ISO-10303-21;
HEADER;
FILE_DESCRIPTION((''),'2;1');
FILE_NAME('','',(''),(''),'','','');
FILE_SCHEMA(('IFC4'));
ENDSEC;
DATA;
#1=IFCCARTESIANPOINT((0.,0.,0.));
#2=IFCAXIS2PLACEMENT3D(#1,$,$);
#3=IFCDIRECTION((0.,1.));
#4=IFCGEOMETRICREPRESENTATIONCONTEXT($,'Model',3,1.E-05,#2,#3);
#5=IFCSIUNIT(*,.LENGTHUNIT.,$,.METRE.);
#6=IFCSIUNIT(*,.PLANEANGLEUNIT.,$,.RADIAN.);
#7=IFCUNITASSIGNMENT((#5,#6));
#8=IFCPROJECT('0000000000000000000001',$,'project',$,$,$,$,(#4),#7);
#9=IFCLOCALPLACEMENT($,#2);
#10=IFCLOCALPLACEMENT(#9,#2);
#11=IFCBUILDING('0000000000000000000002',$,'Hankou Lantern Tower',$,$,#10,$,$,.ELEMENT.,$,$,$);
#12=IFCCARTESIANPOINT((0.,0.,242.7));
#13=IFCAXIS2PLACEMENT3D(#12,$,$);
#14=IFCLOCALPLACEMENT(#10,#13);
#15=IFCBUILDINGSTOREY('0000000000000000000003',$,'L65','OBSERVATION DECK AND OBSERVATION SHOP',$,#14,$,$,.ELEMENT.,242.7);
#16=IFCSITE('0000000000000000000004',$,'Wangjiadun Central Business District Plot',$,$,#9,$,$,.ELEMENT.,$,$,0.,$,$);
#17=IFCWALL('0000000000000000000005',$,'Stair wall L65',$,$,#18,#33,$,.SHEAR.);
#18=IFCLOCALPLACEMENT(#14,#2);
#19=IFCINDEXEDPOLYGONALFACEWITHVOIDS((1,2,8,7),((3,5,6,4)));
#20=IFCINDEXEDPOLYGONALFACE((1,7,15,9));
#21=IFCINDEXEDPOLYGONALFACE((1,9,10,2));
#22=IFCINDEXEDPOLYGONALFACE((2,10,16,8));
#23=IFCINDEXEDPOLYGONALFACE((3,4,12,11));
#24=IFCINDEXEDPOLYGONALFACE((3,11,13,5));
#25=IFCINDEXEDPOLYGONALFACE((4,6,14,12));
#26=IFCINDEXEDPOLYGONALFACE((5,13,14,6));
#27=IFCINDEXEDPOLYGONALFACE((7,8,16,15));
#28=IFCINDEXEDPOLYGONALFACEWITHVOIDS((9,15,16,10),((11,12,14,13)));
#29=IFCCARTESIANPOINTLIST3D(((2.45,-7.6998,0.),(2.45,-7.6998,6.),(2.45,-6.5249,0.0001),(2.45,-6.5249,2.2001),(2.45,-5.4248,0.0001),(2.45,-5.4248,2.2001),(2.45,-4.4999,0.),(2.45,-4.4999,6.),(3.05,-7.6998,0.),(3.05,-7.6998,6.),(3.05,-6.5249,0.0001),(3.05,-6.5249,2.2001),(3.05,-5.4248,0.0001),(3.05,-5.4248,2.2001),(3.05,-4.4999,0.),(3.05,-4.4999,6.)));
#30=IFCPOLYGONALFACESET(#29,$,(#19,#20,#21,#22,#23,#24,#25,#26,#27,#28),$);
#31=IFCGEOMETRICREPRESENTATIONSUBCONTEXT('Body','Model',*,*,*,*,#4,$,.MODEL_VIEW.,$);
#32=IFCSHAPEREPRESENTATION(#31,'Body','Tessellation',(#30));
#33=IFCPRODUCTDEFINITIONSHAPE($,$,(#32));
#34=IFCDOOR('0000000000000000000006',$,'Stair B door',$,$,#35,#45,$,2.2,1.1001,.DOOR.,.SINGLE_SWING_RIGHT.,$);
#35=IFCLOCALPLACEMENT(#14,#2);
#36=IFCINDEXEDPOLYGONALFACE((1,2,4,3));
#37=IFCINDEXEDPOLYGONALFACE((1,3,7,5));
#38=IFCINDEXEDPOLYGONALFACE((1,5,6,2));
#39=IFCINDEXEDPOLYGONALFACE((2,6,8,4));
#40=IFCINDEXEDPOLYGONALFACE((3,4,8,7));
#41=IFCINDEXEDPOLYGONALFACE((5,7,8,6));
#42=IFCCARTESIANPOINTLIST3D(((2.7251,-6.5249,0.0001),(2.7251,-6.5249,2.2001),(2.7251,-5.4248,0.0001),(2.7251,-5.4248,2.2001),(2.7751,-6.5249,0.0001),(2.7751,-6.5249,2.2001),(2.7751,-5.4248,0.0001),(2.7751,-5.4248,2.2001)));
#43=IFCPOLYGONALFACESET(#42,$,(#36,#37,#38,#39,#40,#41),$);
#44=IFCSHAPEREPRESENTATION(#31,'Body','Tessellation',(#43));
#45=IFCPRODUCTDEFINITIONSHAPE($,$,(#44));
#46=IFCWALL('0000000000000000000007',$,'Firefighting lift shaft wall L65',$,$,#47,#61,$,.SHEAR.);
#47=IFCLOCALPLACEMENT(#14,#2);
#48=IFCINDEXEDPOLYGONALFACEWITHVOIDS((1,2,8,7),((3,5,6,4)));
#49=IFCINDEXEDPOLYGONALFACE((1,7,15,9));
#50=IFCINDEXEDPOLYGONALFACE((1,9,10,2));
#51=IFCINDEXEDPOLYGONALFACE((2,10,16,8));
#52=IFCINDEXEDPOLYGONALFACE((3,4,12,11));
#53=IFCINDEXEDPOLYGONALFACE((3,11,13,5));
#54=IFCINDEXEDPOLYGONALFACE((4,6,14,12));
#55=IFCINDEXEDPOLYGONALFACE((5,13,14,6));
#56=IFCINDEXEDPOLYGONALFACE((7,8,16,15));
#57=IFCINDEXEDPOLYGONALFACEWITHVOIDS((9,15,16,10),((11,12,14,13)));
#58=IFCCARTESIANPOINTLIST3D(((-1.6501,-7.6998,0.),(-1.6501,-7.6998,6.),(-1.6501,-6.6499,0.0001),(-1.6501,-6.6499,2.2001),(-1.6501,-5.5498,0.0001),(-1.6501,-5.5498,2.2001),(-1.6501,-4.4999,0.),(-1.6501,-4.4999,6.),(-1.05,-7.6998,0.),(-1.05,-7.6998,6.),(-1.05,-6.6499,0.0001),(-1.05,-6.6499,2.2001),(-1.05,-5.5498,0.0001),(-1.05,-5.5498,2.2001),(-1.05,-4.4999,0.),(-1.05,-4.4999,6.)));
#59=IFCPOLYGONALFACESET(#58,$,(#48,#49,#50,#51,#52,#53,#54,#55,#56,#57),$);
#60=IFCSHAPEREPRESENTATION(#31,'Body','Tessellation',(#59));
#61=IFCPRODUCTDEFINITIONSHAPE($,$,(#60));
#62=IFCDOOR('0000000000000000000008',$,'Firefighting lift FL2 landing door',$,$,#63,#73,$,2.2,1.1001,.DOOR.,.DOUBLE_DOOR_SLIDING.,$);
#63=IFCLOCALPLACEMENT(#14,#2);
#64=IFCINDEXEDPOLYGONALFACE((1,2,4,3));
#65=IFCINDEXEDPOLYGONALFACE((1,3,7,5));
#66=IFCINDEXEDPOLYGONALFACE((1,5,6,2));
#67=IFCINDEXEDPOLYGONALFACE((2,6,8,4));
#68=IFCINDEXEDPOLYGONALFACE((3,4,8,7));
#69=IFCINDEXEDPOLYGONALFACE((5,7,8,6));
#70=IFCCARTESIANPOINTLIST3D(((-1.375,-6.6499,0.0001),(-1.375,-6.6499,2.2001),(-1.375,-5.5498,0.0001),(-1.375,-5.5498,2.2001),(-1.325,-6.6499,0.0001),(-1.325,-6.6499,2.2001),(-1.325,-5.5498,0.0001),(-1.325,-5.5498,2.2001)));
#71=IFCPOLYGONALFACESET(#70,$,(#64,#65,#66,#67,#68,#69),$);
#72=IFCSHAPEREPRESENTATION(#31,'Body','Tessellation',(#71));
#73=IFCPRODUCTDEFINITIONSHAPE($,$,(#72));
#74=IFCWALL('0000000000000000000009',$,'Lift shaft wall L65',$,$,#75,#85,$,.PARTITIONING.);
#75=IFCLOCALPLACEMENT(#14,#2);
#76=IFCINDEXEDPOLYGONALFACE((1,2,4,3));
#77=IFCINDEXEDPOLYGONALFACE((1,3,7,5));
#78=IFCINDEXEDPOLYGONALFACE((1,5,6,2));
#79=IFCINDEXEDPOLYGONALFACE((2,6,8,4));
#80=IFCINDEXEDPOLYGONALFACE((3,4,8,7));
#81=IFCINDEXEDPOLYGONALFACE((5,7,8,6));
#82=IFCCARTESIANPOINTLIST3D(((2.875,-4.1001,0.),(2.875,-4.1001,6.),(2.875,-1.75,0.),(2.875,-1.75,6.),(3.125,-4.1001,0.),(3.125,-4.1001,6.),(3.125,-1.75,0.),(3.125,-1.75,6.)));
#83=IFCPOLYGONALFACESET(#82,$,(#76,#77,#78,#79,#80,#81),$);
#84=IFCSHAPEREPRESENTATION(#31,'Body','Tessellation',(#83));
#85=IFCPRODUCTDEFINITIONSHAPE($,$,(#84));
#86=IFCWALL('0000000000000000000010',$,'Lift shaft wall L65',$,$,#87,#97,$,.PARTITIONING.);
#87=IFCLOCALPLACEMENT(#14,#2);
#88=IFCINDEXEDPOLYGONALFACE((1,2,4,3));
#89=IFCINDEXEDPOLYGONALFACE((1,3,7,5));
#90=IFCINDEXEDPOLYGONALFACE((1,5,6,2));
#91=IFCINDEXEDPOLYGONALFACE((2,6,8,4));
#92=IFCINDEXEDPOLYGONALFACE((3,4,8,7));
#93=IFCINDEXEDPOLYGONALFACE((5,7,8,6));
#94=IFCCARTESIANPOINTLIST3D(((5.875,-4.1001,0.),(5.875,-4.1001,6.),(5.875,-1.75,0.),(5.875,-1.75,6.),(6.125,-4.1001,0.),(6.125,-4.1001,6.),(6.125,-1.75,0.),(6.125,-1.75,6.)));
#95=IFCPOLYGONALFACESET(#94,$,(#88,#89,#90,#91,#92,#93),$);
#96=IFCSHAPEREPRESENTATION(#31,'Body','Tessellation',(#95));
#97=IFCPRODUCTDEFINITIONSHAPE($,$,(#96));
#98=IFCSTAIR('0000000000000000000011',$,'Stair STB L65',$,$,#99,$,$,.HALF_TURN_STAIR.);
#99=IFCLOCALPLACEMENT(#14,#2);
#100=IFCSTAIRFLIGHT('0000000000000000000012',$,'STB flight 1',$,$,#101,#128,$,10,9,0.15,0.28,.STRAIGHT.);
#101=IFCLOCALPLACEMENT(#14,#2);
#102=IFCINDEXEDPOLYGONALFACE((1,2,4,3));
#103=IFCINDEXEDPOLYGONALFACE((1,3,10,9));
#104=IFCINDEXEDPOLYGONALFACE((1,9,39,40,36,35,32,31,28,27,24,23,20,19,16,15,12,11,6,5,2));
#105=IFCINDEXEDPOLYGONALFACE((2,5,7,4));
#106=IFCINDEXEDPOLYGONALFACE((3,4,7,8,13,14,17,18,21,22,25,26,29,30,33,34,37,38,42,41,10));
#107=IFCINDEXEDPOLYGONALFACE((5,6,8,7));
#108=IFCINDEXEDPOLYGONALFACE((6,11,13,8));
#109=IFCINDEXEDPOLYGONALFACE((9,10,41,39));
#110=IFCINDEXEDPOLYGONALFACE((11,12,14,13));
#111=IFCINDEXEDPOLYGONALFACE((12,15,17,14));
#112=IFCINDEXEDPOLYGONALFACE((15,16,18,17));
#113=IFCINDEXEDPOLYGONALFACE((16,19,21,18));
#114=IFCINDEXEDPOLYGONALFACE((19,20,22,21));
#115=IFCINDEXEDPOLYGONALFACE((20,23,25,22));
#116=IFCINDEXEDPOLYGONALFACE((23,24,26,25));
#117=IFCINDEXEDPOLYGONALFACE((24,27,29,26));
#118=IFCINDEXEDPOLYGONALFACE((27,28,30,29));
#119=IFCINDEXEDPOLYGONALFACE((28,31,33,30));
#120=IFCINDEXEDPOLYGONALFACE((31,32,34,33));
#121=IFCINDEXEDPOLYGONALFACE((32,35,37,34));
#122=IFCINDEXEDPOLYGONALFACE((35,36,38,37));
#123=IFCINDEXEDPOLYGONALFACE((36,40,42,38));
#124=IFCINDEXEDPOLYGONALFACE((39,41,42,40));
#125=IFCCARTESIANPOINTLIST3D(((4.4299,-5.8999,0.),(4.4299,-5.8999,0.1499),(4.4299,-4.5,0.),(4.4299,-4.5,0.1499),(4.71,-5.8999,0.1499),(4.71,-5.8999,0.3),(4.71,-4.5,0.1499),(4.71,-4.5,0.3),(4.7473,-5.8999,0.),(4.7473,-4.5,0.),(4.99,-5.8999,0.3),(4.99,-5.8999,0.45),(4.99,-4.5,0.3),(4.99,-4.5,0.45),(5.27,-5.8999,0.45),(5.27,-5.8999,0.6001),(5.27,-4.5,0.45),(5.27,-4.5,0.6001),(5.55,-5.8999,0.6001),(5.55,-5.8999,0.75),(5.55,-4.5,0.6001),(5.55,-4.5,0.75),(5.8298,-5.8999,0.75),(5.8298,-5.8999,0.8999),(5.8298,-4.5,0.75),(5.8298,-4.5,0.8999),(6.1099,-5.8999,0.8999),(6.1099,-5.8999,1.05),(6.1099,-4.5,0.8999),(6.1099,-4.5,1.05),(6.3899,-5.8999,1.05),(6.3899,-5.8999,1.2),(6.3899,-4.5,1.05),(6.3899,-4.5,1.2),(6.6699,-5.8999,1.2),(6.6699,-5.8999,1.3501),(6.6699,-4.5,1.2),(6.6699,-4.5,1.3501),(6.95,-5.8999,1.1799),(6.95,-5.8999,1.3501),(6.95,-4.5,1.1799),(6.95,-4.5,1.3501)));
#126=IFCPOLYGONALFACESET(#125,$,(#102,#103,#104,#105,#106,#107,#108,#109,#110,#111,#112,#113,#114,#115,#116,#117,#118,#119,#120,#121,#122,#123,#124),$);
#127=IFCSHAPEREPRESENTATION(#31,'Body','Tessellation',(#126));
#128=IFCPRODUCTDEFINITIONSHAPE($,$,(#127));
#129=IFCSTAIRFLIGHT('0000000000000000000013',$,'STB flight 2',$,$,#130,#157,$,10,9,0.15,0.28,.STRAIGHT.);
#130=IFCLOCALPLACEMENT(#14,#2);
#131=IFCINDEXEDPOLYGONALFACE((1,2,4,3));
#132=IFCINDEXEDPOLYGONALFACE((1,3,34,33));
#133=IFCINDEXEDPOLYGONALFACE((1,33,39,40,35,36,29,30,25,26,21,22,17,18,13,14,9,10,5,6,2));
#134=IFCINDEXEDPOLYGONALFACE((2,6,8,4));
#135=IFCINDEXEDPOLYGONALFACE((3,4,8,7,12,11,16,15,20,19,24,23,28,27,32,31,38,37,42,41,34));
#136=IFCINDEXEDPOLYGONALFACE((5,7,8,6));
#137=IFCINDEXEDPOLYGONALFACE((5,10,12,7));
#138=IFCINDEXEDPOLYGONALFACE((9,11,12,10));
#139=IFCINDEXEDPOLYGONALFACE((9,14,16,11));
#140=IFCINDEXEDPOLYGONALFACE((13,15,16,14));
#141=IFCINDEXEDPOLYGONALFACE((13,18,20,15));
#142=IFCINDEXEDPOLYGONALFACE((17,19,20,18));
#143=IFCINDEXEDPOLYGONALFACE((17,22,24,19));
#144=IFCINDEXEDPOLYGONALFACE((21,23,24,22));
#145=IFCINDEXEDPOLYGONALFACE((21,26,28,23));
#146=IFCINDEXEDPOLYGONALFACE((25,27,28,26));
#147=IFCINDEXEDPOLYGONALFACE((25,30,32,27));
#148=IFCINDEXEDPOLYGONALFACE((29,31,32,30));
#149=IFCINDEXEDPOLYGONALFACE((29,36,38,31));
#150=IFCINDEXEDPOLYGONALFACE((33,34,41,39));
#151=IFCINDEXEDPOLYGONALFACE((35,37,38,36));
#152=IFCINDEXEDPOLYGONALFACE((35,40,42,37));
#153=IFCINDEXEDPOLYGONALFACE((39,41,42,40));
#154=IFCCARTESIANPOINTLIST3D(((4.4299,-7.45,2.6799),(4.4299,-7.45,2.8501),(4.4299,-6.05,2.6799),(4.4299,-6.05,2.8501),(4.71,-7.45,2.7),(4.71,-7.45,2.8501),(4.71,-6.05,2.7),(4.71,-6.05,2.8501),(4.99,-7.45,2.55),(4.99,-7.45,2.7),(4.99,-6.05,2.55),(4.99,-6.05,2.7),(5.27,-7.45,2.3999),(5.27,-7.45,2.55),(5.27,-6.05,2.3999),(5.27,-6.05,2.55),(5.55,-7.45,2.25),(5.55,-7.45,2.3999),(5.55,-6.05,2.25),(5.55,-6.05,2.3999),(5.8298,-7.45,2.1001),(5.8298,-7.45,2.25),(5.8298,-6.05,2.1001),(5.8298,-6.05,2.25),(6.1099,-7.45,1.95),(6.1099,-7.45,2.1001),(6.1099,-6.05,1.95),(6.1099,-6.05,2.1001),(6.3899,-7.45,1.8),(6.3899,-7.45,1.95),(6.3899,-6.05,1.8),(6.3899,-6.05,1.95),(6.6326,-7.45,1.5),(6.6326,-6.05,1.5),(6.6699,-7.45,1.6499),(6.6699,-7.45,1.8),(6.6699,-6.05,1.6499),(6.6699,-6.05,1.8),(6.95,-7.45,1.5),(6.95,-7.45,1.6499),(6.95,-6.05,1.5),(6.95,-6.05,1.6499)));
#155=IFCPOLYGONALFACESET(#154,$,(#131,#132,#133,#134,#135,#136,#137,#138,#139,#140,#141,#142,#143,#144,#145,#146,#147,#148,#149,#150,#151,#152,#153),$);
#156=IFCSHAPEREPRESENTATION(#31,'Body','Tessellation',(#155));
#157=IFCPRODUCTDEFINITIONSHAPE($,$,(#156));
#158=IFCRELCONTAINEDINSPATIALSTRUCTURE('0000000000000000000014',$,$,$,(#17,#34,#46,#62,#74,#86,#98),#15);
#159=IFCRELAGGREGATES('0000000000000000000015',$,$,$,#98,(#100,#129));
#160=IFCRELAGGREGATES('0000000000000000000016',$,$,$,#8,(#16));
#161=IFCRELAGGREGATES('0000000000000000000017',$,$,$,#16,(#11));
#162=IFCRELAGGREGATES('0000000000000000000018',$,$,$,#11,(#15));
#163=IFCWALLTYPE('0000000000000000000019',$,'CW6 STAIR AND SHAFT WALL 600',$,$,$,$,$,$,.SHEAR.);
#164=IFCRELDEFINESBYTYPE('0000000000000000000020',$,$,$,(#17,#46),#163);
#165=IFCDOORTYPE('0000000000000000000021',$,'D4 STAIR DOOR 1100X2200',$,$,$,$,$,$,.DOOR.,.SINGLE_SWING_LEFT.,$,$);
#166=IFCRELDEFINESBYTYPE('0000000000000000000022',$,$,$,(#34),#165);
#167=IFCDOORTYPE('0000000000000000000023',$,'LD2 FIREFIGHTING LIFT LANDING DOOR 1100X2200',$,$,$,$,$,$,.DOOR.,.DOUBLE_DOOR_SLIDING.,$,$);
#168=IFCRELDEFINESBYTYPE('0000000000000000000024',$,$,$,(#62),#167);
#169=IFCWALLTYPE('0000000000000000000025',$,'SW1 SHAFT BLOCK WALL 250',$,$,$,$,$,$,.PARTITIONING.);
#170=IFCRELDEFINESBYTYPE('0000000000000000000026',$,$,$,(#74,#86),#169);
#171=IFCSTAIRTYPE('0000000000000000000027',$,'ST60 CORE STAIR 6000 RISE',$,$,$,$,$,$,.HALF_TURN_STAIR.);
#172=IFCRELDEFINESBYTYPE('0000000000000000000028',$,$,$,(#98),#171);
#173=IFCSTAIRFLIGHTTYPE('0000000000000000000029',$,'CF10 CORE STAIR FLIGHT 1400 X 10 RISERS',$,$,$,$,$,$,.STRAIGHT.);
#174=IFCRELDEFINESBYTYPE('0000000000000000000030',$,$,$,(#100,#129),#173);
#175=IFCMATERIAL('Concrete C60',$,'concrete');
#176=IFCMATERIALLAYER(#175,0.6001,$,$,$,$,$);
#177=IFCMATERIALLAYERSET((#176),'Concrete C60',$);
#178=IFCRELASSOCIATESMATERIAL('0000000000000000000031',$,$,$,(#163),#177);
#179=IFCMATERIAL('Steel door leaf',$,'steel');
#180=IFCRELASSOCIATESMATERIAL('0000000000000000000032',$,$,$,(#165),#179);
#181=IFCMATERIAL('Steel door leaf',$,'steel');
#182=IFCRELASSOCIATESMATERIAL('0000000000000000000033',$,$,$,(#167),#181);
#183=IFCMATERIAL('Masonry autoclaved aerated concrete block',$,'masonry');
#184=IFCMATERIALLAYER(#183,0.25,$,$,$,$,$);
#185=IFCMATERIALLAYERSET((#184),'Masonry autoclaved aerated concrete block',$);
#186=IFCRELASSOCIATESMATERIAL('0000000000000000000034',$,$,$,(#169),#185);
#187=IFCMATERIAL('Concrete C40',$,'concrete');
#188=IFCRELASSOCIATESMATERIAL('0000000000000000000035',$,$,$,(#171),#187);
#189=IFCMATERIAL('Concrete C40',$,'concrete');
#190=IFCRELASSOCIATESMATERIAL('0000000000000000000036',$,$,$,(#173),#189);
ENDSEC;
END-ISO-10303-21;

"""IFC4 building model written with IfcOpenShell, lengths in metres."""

from ifc_helpers import new_model, si_unit, direction, frame, frame_2d, origin, place, context, subcontext, project, spatial, polyline, rectangle, outline, extrude, material, layer, layer_set, type_object, element, fill, aggregate, save


model = new_model("IFC4")

# Units and contexts
model_context = context("Model", 3, precision=1e-05, world=origin(), true_north=direction((0.0, 1.0)))
body_context = subcontext(model_context, "Body", "Model", "MODEL_VIEW")
ifc_project = project(units=[si_unit("LENGTHUNIT", "METRE"), si_unit("PLANEANGLEUNIT", "RADIAN")], contexts=[model_context])

# Site, building, storey
site_placement = place(None, origin())
site = spatial("IfcSite", under=ifc_project, at=site_placement, Name="Wangjiadun Central Business District Plot", CompositionType="ELEMENT", RefElevation=0.0)
building_placement = place(site_placement, origin())
building = spatial("IfcBuilding", under=site, at=building_placement, Name="Hankou Lantern Tower", CompositionType="ELEMENT")
storey_placement = place(building_placement, frame((0.0, 0.0, 242.7)))
storey = spatial("IfcBuildingStorey", under=building, at=storey_placement, Name="L65", Description="OBSERVATION DECK AND OBSERVATION SHOP", CompositionType="ELEMENT", Elevation=242.7)

# Walls, openings, doors
ifc_material_1 = material(Name="Concrete C60", Category="concrete")
ifc_layer_1 = layer(ifc_material_1, 0.6001)
ifc_layer_set_1 = layer_set([ifc_layer_1], Name="Concrete C60")
wall_type_1 = type_object("IfcWallType", Name="CW6 STAIR AND SHAFT WALL 600", PredefinedType="SHEAR", material=ifc_layer_set_1)
wall_1_placement = place(storey_placement, frame((2.75, -7.7, 0.0), z_axis=(0.0, 0.0, 1.0), x_axis=(0.0, 1.0, 0.0)))
wall_1 = element("IfcWall", 1, at=wall_1_placement, inside=storey, type_object=wall_type_1, Name="Stair wall L65", PredefinedType="SHEAR", context=body_context, shape_type="SweptSolid", body=[
    extrude(rectangle(XDim=3.2, YDim=0.6001, at=frame_2d((1.6001, 0.0))), origin(), (0.0, 0.0, 1.0), 6.0),
])
opening_1_placement = place(wall_1_placement, frame((1.175, 0.0, 0.0)))
opening_1 = element("IfcOpeningElement", 2, at=opening_1_placement, cuts=wall_1, PredefinedType="OPENING", context=body_context, shape_type="SweptSolid", body=[
    extrude(rectangle(XDim=1.1001, YDim=2.2, at=frame_2d((0.55, 1.1001))), frame((0.0, 0.3101, 0.0), z_axis=(0.0, -1.0, 0.0), x_axis=(1.0, 0.0, 0.0)), (0.0, 0.0, 1.0), 0.6201),
])
ifc_material_2 = material(Name="Steel door leaf", Category="steel")
door_type_1 = type_object("IfcDoorType", Name="D4 STAIR DOOR 1100X2200", OperationType="SINGLE_SWING_LEFT", PredefinedType="DOOR", material=ifc_material_2)
door_1_placement = place(opening_1_placement, origin())
door_1 = element("IfcDoor", 3, at=door_1_placement, inside=storey, type_object=door_type_1, Name="Stair B door", OperationType="SINGLE_SWING_RIGHT", OverallHeight=2.2, OverallWidth=1.1001, PredefinedType="DOOR", context=body_context, shape_type="SweptSolid", body=[
    extrude(rectangle(XDim=1.1001, YDim=2.2, at=frame_2d((0.55, 1.1001))), frame((0.0, 0.0249, 0.0), z_axis=(0.0, -1.0, 0.0), x_axis=(1.0, 0.0, 0.0)), (0.0, 0.0, 1.0), 0.05),
])
fill(opening_1, door_1)
wall_2_placement = place(storey_placement, frame((-1.3501, -7.7, 0.0), z_axis=(0.0, 0.0, 1.0), x_axis=(0.0, 1.0, 0.0)))
wall_2 = element("IfcWall", 4, at=wall_2_placement, inside=storey, type_object=wall_type_1, Name="Firefighting lift shaft wall L65", PredefinedType="SHEAR", context=body_context, shape_type="SweptSolid", body=[
    extrude(rectangle(XDim=3.2, YDim=0.6001, at=frame_2d((1.6001, 0.0))), origin(), (0.0, 0.0, 1.0), 6.0),
])
opening_2_placement = place(wall_2_placement, frame((1.05, 0.0, 0.0)))
opening_2 = element("IfcOpeningElement", 5, at=opening_2_placement, cuts=wall_2, PredefinedType="OPENING", context=body_context, shape_type="SweptSolid", body=[
    extrude(rectangle(XDim=1.1001, YDim=2.2, at=frame_2d((0.55, 1.1001))), frame((0.0, 0.3101, 0.0), z_axis=(0.0, -1.0, 0.0), x_axis=(1.0, 0.0, 0.0)), (0.0, 0.0, 1.0), 0.6201),
])
ifc_material_3 = material(Name="Steel door leaf", Category="steel")
door_type_2 = type_object("IfcDoorType", Name="LD2 FIREFIGHTING LIFT LANDING DOOR 1100X2200", OperationType="DOUBLE_DOOR_SLIDING", PredefinedType="DOOR", material=ifc_material_3)
door_2_placement = place(opening_2_placement, origin())
door_2 = element("IfcDoor", 6, at=door_2_placement, inside=storey, type_object=door_type_2, Name="Firefighting lift FL2 landing door", OperationType="DOUBLE_DOOR_SLIDING", OverallHeight=2.2, OverallWidth=1.1001, PredefinedType="DOOR", context=body_context, shape_type="SweptSolid", body=[
    extrude(rectangle(XDim=1.1001, YDim=2.2, at=frame_2d((0.55, 1.1001))), frame((0.0, 0.0249, 0.0), z_axis=(0.0, -1.0, 0.0), x_axis=(1.0, 0.0, 0.0)), (0.0, 0.0, 1.0), 0.05),
])
fill(opening_2, door_2)

# Walls
ifc_material_4 = material(Name="Masonry autoclaved aerated concrete block", Category="masonry")
ifc_layer_2 = layer(ifc_material_4, 0.25)
ifc_layer_set_2 = layer_set([ifc_layer_2], Name="Masonry autoclaved aerated concrete block")
wall_type_2 = type_object("IfcWallType", Name="SW1 SHAFT BLOCK WALL 250", PredefinedType="PARTITIONING", material=ifc_layer_set_2)
for number, where, z_axis, x_axis, name in (
    (7, (3.0, -4.1001, 0.0), (0.0, 0.0, 1.0), (0.0, 1.0, 0.0), "Lift shaft wall L65"),
    (8, (6.0, -4.1001, 0.0), (0.0, 0.0, 1.0), (0.0, 1.0, 0.0), "Lift shaft wall L65"),
):
    element("IfcWall", number, at=place(storey_placement, frame(where, z_axis=z_axis, x_axis=x_axis)), inside=storey, type_object=wall_type_2, Name=name, PredefinedType="PARTITIONING", context=body_context, shape_type="SweptSolid", body=[
        extrude(rectangle(XDim=2.3501, YDim=0.25, at=frame_2d((1.175, 0.0))), origin(), (0.0, 0.0, 1.0), 6.0),
    ])

# Stair, stair flights
ifc_material_5 = material(Name="Concrete C40", Category="concrete")
stair_type = type_object("IfcStairType", Name="ST60 CORE STAIR 6000 RISE", PredefinedType="HALF_TURN_STAIR", material=ifc_material_5)
stair_placement = place(storey_placement, origin())
stair = element("IfcStair", 9, at=stair_placement, inside=storey, type_object=stair_type, Name="Stair STB L65", PredefinedType="HALF_TURN_STAIR")
ifc_material_6 = material(Name="Concrete C40", Category="concrete")
stair_flight_type = type_object("IfcStairFlightType", Name="CF10 CORE STAIR FLIGHT 1400 X 10 RISERS", PredefinedType="STRAIGHT", material=ifc_material_6)
stair_flight_1_placement = place(storey_placement, frame((4.4299, -5.2, 0.0), z_axis=(0.0, 0.0, 1.0), x_axis=(1.0, 0.0, 0.0)))
stair_flight_1 = element("IfcStairFlight", 10, at=stair_flight_1_placement, type_object=stair_flight_type, Name="STB flight 1", NumberOfRisers=10, NumberOfTreads=9, PredefinedType="STRAIGHT", RiserHeight=0.15, TreadLength=0.28, context=body_context, shape_type="SweptSolid", body=[
    extrude(outline(polyline([(0.0, 0.0), (0.0, 0.1499), (0.28, 0.1499), (0.28, 0.3), (0.5601, 0.3), (0.5601, 0.45), (0.8401, 0.45), (0.8401, 0.6001), (1.1201, 0.6001), (1.1201, 0.75), (1.3999, 0.75), (1.3999, 0.8999), (1.6799, 0.8999), (1.6799, 1.05), (1.96, 1.05), (1.96, 1.2), (2.24, 1.2), (2.24, 1.3501), (2.52, 1.3501), (2.52, 1.5), (2.52, 1.1799), (0.3174, 0.0), (0.0, 0.0)])), frame((0.0, 0.7, 0.0), z_axis=(0.0, -1.0, 0.0), x_axis=(1.0, 0.0, 0.0)), (0.0, 0.0, 1.0), 1.3999),
])
stair_flight_2_placement = place(storey_placement, frame((6.95, -6.75, 1.5), z_axis=(0.0, 0.0, 1.0), x_axis=(-1.0, 0.0, 0.0)))
stair_flight_2 = element("IfcStairFlight", 11, at=stair_flight_2_placement, type_object=stair_flight_type, Name="STB flight 2", NumberOfRisers=10, NumberOfTreads=9, PredefinedType="STRAIGHT", RiserHeight=0.15, TreadLength=0.28, context=body_context, shape_type="SweptSolid", body=[
    extrude(outline(polyline([(0.0, 0.0), (0.0, 0.1499), (0.28, 0.1499), (0.28, 0.3), (0.5601, 0.3), (0.5601, 0.45), (0.8401, 0.45), (0.8401, 0.6001), (1.1201, 0.6001), (1.1201, 0.75), (1.3999, 0.75), (1.3999, 0.8999), (1.6799, 0.8999), (1.6799, 1.05), (1.96, 1.05), (1.96, 1.2), (2.24, 1.2), (2.24, 1.3501), (2.52, 1.3501), (2.52, 1.5), (2.52, 1.1799), (0.3174, 0.0), (0.0, 0.0)])), frame((0.0, 0.7, 0.0), z_axis=(0.0, -1.0, 0.0), x_axis=(1.0, 0.0, 0.0)), (0.0, 0.0, 1.0), 1.3999),
])
aggregate(stair, [stair_flight_1, stair_flight_2])

save(model, "model.ifc")
